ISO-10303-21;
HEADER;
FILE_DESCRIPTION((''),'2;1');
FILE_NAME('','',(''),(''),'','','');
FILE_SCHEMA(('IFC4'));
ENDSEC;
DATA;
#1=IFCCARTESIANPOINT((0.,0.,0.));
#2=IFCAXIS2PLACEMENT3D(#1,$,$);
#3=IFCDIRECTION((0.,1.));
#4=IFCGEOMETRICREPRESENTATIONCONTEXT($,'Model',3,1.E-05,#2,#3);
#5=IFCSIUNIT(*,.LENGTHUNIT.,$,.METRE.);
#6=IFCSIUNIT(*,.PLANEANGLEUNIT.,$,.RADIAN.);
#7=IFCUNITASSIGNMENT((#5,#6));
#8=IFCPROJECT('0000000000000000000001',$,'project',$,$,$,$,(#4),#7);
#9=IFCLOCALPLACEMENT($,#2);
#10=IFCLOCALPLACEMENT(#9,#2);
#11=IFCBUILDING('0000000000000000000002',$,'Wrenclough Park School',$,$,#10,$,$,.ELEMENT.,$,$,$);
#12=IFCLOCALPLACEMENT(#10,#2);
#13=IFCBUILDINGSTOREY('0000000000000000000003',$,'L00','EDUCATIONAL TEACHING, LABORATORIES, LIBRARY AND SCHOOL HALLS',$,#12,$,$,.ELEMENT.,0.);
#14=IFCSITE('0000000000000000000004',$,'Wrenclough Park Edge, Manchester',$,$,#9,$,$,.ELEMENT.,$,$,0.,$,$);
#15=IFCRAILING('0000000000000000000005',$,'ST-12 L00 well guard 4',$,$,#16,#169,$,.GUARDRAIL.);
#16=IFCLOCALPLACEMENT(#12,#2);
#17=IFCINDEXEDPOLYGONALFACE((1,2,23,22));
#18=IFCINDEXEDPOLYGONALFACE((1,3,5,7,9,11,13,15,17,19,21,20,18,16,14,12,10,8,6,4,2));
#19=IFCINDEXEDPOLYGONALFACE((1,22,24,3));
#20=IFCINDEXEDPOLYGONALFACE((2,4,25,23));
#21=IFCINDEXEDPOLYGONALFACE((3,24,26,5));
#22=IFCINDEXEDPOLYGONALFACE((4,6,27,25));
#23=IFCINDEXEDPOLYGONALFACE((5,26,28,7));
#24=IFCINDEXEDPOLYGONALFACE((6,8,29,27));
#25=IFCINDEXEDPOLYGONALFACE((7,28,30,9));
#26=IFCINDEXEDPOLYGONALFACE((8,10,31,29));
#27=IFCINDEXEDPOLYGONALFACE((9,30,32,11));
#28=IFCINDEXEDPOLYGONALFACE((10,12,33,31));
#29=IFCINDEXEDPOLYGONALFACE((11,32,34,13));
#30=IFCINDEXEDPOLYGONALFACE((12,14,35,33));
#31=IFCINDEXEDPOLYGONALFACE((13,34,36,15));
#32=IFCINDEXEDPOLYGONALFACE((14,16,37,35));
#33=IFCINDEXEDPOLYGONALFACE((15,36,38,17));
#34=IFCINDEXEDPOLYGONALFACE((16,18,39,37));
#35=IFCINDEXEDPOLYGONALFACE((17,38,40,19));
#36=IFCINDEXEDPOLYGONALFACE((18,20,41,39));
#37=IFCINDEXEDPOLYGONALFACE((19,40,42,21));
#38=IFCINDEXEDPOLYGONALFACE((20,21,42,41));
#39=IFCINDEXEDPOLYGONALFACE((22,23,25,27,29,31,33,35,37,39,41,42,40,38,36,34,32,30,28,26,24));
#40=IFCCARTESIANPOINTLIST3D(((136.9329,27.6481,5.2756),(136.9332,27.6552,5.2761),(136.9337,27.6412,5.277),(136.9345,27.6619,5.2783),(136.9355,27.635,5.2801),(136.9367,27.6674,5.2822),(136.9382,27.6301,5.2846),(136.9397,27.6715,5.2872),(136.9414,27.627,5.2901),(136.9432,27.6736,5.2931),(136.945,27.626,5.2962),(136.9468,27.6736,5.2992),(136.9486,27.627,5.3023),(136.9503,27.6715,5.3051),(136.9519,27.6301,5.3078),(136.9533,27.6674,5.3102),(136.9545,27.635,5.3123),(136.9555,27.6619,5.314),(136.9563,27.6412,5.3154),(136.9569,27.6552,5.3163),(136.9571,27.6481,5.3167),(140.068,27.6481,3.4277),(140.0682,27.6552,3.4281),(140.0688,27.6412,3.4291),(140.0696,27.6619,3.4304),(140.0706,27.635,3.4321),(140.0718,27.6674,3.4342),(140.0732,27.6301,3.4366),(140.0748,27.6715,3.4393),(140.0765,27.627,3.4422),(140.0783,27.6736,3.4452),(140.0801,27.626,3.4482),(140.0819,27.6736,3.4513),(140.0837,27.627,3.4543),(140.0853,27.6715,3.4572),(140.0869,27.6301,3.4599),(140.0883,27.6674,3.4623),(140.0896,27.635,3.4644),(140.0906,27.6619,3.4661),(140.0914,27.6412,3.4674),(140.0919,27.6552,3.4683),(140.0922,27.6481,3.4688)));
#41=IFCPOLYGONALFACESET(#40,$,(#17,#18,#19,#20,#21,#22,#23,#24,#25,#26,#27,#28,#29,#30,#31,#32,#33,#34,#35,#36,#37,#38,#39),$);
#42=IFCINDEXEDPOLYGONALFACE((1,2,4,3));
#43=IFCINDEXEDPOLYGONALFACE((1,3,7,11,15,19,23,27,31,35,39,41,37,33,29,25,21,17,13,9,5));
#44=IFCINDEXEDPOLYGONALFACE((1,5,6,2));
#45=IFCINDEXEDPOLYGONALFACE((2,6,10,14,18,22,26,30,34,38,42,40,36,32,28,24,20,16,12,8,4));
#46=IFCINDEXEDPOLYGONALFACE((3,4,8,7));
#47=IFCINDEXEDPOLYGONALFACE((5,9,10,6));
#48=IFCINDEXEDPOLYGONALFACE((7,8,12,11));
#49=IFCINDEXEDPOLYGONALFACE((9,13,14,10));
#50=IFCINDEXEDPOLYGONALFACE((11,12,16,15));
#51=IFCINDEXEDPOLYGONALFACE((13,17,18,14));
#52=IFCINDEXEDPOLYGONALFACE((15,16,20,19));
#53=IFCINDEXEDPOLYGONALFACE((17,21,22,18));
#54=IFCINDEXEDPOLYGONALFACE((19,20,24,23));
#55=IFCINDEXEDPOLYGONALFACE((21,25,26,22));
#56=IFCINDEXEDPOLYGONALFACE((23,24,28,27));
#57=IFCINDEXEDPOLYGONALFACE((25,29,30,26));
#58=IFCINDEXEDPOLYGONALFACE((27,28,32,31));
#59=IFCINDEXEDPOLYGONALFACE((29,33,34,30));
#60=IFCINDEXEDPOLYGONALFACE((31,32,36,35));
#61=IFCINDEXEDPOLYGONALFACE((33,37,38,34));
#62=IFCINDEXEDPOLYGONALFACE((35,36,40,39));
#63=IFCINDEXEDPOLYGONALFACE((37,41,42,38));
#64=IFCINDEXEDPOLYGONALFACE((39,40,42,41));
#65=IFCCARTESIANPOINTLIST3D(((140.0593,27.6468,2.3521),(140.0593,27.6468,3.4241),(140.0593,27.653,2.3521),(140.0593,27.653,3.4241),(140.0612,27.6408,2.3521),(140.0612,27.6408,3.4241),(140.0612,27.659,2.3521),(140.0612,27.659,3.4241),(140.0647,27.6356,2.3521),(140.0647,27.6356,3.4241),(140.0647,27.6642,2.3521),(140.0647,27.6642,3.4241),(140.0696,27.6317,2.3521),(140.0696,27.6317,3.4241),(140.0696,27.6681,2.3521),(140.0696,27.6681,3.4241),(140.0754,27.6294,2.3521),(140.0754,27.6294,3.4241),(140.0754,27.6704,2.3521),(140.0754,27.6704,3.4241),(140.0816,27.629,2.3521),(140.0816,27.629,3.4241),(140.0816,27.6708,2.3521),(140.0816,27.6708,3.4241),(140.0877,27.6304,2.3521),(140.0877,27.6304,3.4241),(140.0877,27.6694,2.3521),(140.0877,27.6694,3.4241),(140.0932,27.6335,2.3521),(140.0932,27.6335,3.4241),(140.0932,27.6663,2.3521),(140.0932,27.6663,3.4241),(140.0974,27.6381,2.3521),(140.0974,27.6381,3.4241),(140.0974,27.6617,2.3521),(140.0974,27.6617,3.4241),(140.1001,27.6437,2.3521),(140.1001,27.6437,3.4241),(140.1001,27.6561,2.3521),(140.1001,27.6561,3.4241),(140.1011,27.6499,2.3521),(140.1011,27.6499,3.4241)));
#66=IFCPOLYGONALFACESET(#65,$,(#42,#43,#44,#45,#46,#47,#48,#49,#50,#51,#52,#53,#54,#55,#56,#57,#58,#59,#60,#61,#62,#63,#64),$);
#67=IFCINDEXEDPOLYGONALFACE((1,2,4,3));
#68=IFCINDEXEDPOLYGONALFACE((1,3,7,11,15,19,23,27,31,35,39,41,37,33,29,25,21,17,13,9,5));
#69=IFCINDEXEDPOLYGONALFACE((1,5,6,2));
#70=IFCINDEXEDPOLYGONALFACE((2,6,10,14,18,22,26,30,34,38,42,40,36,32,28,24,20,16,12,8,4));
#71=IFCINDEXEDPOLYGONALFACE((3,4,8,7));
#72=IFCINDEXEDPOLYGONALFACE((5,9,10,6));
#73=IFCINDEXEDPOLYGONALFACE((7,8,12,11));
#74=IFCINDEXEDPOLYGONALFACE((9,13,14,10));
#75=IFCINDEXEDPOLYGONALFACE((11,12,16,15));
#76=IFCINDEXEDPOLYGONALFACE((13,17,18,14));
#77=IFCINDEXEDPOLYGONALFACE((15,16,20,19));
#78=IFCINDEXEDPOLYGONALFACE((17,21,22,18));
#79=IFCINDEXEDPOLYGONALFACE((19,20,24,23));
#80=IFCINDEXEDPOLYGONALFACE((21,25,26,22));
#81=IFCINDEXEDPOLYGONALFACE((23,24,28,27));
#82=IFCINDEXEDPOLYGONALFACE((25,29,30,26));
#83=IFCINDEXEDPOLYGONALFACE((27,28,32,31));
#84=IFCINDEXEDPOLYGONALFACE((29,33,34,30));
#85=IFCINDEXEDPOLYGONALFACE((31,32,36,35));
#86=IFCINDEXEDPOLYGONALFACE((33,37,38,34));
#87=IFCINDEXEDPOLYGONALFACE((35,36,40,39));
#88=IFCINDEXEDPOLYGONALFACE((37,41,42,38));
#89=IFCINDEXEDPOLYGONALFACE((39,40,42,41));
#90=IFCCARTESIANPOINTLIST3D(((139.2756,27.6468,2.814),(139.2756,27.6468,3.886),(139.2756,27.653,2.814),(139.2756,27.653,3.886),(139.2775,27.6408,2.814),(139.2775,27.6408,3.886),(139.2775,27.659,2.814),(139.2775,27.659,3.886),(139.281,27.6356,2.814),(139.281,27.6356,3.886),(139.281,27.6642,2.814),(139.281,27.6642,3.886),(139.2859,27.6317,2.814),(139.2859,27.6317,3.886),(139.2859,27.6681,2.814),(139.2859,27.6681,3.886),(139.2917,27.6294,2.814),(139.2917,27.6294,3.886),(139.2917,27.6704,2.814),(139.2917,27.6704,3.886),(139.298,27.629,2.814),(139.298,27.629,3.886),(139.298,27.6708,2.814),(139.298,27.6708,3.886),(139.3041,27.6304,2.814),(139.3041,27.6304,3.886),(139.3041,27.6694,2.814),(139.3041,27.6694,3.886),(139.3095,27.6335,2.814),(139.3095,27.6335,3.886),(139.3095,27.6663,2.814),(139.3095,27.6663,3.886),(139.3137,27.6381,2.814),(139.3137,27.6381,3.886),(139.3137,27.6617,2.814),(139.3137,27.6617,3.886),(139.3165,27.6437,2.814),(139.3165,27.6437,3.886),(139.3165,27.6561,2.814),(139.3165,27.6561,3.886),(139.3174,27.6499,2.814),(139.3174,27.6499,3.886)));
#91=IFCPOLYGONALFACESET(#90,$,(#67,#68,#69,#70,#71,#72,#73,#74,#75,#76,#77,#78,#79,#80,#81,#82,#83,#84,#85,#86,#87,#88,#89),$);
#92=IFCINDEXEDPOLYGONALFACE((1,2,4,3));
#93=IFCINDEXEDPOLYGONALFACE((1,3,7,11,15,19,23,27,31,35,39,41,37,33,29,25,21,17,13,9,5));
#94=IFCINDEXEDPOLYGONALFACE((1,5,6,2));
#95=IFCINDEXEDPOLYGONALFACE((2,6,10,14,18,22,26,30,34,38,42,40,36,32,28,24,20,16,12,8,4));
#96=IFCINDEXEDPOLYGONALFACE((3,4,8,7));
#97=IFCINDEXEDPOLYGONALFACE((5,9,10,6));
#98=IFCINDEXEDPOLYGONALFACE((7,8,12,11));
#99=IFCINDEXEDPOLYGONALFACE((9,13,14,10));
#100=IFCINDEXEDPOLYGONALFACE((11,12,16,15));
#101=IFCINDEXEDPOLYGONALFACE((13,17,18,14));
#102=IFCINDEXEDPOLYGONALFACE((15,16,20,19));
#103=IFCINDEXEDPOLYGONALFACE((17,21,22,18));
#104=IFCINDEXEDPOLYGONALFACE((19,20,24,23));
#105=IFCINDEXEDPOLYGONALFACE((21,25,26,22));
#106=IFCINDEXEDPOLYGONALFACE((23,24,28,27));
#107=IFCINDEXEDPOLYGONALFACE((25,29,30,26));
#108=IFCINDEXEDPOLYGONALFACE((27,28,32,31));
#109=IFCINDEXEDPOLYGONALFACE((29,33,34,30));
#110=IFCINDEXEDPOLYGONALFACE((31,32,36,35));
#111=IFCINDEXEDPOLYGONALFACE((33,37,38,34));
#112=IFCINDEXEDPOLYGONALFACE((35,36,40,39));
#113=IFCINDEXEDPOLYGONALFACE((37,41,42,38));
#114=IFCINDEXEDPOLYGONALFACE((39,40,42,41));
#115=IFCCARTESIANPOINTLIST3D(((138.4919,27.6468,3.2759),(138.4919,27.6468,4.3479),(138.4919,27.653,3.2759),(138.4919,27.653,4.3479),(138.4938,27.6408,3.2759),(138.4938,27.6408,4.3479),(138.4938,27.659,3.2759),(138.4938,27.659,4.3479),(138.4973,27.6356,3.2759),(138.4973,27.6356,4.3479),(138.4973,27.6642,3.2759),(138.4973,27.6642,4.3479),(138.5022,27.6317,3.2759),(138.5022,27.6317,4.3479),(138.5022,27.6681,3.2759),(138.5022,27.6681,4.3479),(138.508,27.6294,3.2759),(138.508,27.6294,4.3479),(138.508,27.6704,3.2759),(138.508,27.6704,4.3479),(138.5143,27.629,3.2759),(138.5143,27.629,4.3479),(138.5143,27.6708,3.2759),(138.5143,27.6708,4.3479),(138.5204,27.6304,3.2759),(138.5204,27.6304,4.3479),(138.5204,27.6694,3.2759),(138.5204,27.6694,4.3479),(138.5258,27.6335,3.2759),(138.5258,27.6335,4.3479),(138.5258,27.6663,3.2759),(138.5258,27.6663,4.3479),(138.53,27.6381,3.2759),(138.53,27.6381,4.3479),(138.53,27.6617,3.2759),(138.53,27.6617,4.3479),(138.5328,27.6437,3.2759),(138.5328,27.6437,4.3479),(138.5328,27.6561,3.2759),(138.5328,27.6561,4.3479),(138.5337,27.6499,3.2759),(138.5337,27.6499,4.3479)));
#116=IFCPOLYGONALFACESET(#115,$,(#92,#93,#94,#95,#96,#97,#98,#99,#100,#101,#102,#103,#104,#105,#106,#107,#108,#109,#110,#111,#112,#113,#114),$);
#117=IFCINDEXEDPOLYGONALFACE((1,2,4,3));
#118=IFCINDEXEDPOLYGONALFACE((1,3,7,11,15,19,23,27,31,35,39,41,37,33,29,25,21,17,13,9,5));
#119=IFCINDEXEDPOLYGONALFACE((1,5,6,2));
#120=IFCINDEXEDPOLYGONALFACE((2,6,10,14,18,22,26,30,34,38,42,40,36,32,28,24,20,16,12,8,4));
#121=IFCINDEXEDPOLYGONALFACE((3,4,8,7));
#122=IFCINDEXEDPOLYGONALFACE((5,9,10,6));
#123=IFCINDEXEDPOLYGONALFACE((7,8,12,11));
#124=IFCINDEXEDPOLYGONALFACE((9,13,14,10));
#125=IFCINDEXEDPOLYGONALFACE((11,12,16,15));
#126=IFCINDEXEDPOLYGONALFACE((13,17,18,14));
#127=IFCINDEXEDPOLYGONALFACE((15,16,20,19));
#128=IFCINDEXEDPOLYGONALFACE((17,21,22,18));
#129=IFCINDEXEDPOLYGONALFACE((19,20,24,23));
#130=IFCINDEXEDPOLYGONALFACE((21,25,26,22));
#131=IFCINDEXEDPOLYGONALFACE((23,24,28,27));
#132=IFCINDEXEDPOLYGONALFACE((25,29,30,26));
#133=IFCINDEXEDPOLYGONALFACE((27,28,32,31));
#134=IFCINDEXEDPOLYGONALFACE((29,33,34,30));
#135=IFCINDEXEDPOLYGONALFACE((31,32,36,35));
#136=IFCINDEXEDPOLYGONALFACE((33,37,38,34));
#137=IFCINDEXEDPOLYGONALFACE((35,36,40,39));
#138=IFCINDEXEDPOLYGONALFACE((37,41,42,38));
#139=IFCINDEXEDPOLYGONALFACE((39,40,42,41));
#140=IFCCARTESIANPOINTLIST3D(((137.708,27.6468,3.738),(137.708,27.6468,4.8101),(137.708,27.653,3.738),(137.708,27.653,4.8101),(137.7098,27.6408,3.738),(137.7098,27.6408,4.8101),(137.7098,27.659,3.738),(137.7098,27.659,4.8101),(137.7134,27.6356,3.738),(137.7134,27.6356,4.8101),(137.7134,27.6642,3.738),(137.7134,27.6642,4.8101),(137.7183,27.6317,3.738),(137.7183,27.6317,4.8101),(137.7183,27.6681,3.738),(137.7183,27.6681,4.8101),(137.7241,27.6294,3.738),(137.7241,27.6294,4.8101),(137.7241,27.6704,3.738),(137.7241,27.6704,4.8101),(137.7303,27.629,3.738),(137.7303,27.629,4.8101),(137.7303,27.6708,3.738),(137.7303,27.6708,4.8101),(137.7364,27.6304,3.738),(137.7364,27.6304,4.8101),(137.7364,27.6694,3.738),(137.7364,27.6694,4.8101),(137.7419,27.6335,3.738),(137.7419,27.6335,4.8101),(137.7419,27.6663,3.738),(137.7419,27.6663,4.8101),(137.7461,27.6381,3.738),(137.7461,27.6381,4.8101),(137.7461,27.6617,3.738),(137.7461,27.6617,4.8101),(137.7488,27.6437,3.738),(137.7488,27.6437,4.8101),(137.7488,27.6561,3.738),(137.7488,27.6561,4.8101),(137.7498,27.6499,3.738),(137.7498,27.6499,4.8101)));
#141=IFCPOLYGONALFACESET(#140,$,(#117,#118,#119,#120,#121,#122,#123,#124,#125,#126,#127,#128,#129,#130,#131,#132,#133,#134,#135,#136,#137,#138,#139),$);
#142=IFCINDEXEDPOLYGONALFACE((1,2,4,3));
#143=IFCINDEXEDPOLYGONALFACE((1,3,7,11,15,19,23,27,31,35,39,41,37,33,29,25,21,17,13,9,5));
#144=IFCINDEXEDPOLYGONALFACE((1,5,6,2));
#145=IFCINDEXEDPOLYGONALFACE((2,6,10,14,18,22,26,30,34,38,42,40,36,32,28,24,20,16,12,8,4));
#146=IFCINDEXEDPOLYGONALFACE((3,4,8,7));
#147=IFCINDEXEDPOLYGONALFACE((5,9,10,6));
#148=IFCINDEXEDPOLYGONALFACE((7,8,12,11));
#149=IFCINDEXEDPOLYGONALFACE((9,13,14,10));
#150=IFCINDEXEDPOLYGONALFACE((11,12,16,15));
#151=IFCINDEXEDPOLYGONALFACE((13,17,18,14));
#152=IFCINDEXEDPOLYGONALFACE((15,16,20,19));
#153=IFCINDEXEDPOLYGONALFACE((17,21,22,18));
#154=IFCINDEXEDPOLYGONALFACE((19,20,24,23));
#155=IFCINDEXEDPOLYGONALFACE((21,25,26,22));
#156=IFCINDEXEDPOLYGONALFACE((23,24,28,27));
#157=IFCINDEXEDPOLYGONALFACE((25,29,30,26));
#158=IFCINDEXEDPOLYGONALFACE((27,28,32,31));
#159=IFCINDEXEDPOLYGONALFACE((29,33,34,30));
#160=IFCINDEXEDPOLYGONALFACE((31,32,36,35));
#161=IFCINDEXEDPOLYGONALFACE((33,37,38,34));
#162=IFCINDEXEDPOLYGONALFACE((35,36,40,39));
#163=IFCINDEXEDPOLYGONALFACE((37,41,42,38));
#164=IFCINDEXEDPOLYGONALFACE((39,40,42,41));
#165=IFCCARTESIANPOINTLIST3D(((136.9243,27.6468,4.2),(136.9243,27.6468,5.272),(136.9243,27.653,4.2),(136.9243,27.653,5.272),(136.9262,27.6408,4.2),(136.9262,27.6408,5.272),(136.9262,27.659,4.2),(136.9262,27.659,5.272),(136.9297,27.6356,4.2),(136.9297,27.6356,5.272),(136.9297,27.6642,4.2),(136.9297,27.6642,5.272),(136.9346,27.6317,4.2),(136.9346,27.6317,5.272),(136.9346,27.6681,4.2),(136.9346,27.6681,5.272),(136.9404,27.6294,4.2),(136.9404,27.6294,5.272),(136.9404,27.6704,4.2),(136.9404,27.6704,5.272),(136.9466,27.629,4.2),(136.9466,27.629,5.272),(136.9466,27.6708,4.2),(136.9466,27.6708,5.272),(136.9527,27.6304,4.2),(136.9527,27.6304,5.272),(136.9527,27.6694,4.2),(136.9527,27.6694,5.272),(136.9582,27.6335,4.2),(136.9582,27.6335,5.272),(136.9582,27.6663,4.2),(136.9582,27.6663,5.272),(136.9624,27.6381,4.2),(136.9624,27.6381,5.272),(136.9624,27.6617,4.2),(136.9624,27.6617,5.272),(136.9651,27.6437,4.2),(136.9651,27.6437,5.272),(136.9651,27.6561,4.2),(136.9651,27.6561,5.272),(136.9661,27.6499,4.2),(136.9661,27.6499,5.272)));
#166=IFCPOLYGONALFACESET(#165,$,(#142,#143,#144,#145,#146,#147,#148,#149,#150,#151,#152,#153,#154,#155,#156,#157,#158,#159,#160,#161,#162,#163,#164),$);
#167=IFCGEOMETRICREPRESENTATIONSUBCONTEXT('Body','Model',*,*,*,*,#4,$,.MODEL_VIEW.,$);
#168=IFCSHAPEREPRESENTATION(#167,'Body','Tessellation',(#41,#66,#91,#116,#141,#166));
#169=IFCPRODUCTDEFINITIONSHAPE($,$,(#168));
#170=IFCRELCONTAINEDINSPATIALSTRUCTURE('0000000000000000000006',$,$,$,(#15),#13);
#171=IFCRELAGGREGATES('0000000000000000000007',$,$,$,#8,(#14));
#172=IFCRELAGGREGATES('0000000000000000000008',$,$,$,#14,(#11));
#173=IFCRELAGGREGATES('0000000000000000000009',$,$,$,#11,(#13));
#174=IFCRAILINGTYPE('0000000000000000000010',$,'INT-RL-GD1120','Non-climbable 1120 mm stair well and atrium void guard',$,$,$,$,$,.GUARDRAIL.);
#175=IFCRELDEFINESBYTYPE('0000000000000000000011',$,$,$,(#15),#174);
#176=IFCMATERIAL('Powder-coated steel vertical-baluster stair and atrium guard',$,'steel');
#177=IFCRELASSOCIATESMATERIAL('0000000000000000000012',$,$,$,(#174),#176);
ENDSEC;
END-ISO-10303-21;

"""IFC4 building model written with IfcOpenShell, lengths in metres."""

from ifc_helpers import new_model, si_unit, direction, frame, origin, origin_2d, place, context, subcontext, project, spatial, circle, extrude, material, type_object, element, save


model = new_model("IFC4")

# Units and contexts
model_context = context("Model", 3, precision=1e-05, world=origin(), true_north=direction((0.0, 1.0)))
body_context = subcontext(model_context, "Body", "Model", "MODEL_VIEW")
ifc_project = project(units=[si_unit("LENGTHUNIT", "METRE"), si_unit("PLANEANGLEUNIT", "RADIAN")], contexts=[model_context])

# Site, building, storey
site_placement = place(None, origin())
site = spatial("IfcSite", under=ifc_project, at=site_placement, Name="Wrenclough Park Edge, Manchester", CompositionType="ELEMENT", RefElevation=0.0)
building_placement = place(site_placement, origin())
building = spatial("IfcBuilding", under=site, at=building_placement, Name="Wrenclough Park School", CompositionType="ELEMENT")
storey_placement = place(building_placement, origin())
storey = spatial("IfcBuildingStorey", under=building, at=storey_placement, Name="L00", Description="EDUCATIONAL TEACHING, LABORATORIES, LIBRARY AND SCHOOL HALLS", CompositionType="ELEMENT", Elevation=0.0)

# Railing
ifc_material_1 = material(Name="Powder-coated steel vertical-baluster stair and atrium guard", Category="steel")
railing_type_1 = type_object("IfcRailingType", Name="INT-RL-GD1120", Description="Non-climbable 1120 mm stair well and atrium void guard", PredefinedType="GUARDRAIL", material=ifc_material_1)
railing_1_placement = place(storey_placement, frame((140.0801, 27.6499, 2.3521)))
element("IfcRailing", 1, at=railing_1_placement, inside=storey, type_object=railing_type_1, Name="ST-12 L00 well guard 4", PredefinedType="GUARDRAIL", context=body_context, shape_type="SweptSolid", body=[
    extrude(circle(Radius=0.0239, at=origin_2d()), frame((0.0, 0.0, 1.0962), z_axis=(-0.86148, 0.0, 0.507791), x_axis=(0.0, -1.0, 0.0)), (0.0, 0.0, 1.0), 3.6392),
    extrude(circle(Radius=0.021, at=origin_2d()), origin(), (0.0, 0.0, 1.0), 1.072),
    extrude(circle(Radius=0.021, at=origin_2d()), frame((-0.7837, 0.0, 0.4619)), (0.0, 0.0, 1.0), 1.072),
    extrude(circle(Radius=0.021, at=origin_2d()), frame((-1.5674, 0.0, 0.9238)), (0.0, 0.0, 1.0), 1.072),
    extrude(circle(Radius=0.021, at=origin_2d()), frame((-2.3513, 0.0, 1.386)), (0.0, 0.0, 1.0), 1.072),
    extrude(circle(Radius=0.021, at=origin_2d()), frame((-3.135, 0.0, 1.8479)), (0.0, 0.0, 1.0), 1.072),
])

save(model, "model.ifc")
